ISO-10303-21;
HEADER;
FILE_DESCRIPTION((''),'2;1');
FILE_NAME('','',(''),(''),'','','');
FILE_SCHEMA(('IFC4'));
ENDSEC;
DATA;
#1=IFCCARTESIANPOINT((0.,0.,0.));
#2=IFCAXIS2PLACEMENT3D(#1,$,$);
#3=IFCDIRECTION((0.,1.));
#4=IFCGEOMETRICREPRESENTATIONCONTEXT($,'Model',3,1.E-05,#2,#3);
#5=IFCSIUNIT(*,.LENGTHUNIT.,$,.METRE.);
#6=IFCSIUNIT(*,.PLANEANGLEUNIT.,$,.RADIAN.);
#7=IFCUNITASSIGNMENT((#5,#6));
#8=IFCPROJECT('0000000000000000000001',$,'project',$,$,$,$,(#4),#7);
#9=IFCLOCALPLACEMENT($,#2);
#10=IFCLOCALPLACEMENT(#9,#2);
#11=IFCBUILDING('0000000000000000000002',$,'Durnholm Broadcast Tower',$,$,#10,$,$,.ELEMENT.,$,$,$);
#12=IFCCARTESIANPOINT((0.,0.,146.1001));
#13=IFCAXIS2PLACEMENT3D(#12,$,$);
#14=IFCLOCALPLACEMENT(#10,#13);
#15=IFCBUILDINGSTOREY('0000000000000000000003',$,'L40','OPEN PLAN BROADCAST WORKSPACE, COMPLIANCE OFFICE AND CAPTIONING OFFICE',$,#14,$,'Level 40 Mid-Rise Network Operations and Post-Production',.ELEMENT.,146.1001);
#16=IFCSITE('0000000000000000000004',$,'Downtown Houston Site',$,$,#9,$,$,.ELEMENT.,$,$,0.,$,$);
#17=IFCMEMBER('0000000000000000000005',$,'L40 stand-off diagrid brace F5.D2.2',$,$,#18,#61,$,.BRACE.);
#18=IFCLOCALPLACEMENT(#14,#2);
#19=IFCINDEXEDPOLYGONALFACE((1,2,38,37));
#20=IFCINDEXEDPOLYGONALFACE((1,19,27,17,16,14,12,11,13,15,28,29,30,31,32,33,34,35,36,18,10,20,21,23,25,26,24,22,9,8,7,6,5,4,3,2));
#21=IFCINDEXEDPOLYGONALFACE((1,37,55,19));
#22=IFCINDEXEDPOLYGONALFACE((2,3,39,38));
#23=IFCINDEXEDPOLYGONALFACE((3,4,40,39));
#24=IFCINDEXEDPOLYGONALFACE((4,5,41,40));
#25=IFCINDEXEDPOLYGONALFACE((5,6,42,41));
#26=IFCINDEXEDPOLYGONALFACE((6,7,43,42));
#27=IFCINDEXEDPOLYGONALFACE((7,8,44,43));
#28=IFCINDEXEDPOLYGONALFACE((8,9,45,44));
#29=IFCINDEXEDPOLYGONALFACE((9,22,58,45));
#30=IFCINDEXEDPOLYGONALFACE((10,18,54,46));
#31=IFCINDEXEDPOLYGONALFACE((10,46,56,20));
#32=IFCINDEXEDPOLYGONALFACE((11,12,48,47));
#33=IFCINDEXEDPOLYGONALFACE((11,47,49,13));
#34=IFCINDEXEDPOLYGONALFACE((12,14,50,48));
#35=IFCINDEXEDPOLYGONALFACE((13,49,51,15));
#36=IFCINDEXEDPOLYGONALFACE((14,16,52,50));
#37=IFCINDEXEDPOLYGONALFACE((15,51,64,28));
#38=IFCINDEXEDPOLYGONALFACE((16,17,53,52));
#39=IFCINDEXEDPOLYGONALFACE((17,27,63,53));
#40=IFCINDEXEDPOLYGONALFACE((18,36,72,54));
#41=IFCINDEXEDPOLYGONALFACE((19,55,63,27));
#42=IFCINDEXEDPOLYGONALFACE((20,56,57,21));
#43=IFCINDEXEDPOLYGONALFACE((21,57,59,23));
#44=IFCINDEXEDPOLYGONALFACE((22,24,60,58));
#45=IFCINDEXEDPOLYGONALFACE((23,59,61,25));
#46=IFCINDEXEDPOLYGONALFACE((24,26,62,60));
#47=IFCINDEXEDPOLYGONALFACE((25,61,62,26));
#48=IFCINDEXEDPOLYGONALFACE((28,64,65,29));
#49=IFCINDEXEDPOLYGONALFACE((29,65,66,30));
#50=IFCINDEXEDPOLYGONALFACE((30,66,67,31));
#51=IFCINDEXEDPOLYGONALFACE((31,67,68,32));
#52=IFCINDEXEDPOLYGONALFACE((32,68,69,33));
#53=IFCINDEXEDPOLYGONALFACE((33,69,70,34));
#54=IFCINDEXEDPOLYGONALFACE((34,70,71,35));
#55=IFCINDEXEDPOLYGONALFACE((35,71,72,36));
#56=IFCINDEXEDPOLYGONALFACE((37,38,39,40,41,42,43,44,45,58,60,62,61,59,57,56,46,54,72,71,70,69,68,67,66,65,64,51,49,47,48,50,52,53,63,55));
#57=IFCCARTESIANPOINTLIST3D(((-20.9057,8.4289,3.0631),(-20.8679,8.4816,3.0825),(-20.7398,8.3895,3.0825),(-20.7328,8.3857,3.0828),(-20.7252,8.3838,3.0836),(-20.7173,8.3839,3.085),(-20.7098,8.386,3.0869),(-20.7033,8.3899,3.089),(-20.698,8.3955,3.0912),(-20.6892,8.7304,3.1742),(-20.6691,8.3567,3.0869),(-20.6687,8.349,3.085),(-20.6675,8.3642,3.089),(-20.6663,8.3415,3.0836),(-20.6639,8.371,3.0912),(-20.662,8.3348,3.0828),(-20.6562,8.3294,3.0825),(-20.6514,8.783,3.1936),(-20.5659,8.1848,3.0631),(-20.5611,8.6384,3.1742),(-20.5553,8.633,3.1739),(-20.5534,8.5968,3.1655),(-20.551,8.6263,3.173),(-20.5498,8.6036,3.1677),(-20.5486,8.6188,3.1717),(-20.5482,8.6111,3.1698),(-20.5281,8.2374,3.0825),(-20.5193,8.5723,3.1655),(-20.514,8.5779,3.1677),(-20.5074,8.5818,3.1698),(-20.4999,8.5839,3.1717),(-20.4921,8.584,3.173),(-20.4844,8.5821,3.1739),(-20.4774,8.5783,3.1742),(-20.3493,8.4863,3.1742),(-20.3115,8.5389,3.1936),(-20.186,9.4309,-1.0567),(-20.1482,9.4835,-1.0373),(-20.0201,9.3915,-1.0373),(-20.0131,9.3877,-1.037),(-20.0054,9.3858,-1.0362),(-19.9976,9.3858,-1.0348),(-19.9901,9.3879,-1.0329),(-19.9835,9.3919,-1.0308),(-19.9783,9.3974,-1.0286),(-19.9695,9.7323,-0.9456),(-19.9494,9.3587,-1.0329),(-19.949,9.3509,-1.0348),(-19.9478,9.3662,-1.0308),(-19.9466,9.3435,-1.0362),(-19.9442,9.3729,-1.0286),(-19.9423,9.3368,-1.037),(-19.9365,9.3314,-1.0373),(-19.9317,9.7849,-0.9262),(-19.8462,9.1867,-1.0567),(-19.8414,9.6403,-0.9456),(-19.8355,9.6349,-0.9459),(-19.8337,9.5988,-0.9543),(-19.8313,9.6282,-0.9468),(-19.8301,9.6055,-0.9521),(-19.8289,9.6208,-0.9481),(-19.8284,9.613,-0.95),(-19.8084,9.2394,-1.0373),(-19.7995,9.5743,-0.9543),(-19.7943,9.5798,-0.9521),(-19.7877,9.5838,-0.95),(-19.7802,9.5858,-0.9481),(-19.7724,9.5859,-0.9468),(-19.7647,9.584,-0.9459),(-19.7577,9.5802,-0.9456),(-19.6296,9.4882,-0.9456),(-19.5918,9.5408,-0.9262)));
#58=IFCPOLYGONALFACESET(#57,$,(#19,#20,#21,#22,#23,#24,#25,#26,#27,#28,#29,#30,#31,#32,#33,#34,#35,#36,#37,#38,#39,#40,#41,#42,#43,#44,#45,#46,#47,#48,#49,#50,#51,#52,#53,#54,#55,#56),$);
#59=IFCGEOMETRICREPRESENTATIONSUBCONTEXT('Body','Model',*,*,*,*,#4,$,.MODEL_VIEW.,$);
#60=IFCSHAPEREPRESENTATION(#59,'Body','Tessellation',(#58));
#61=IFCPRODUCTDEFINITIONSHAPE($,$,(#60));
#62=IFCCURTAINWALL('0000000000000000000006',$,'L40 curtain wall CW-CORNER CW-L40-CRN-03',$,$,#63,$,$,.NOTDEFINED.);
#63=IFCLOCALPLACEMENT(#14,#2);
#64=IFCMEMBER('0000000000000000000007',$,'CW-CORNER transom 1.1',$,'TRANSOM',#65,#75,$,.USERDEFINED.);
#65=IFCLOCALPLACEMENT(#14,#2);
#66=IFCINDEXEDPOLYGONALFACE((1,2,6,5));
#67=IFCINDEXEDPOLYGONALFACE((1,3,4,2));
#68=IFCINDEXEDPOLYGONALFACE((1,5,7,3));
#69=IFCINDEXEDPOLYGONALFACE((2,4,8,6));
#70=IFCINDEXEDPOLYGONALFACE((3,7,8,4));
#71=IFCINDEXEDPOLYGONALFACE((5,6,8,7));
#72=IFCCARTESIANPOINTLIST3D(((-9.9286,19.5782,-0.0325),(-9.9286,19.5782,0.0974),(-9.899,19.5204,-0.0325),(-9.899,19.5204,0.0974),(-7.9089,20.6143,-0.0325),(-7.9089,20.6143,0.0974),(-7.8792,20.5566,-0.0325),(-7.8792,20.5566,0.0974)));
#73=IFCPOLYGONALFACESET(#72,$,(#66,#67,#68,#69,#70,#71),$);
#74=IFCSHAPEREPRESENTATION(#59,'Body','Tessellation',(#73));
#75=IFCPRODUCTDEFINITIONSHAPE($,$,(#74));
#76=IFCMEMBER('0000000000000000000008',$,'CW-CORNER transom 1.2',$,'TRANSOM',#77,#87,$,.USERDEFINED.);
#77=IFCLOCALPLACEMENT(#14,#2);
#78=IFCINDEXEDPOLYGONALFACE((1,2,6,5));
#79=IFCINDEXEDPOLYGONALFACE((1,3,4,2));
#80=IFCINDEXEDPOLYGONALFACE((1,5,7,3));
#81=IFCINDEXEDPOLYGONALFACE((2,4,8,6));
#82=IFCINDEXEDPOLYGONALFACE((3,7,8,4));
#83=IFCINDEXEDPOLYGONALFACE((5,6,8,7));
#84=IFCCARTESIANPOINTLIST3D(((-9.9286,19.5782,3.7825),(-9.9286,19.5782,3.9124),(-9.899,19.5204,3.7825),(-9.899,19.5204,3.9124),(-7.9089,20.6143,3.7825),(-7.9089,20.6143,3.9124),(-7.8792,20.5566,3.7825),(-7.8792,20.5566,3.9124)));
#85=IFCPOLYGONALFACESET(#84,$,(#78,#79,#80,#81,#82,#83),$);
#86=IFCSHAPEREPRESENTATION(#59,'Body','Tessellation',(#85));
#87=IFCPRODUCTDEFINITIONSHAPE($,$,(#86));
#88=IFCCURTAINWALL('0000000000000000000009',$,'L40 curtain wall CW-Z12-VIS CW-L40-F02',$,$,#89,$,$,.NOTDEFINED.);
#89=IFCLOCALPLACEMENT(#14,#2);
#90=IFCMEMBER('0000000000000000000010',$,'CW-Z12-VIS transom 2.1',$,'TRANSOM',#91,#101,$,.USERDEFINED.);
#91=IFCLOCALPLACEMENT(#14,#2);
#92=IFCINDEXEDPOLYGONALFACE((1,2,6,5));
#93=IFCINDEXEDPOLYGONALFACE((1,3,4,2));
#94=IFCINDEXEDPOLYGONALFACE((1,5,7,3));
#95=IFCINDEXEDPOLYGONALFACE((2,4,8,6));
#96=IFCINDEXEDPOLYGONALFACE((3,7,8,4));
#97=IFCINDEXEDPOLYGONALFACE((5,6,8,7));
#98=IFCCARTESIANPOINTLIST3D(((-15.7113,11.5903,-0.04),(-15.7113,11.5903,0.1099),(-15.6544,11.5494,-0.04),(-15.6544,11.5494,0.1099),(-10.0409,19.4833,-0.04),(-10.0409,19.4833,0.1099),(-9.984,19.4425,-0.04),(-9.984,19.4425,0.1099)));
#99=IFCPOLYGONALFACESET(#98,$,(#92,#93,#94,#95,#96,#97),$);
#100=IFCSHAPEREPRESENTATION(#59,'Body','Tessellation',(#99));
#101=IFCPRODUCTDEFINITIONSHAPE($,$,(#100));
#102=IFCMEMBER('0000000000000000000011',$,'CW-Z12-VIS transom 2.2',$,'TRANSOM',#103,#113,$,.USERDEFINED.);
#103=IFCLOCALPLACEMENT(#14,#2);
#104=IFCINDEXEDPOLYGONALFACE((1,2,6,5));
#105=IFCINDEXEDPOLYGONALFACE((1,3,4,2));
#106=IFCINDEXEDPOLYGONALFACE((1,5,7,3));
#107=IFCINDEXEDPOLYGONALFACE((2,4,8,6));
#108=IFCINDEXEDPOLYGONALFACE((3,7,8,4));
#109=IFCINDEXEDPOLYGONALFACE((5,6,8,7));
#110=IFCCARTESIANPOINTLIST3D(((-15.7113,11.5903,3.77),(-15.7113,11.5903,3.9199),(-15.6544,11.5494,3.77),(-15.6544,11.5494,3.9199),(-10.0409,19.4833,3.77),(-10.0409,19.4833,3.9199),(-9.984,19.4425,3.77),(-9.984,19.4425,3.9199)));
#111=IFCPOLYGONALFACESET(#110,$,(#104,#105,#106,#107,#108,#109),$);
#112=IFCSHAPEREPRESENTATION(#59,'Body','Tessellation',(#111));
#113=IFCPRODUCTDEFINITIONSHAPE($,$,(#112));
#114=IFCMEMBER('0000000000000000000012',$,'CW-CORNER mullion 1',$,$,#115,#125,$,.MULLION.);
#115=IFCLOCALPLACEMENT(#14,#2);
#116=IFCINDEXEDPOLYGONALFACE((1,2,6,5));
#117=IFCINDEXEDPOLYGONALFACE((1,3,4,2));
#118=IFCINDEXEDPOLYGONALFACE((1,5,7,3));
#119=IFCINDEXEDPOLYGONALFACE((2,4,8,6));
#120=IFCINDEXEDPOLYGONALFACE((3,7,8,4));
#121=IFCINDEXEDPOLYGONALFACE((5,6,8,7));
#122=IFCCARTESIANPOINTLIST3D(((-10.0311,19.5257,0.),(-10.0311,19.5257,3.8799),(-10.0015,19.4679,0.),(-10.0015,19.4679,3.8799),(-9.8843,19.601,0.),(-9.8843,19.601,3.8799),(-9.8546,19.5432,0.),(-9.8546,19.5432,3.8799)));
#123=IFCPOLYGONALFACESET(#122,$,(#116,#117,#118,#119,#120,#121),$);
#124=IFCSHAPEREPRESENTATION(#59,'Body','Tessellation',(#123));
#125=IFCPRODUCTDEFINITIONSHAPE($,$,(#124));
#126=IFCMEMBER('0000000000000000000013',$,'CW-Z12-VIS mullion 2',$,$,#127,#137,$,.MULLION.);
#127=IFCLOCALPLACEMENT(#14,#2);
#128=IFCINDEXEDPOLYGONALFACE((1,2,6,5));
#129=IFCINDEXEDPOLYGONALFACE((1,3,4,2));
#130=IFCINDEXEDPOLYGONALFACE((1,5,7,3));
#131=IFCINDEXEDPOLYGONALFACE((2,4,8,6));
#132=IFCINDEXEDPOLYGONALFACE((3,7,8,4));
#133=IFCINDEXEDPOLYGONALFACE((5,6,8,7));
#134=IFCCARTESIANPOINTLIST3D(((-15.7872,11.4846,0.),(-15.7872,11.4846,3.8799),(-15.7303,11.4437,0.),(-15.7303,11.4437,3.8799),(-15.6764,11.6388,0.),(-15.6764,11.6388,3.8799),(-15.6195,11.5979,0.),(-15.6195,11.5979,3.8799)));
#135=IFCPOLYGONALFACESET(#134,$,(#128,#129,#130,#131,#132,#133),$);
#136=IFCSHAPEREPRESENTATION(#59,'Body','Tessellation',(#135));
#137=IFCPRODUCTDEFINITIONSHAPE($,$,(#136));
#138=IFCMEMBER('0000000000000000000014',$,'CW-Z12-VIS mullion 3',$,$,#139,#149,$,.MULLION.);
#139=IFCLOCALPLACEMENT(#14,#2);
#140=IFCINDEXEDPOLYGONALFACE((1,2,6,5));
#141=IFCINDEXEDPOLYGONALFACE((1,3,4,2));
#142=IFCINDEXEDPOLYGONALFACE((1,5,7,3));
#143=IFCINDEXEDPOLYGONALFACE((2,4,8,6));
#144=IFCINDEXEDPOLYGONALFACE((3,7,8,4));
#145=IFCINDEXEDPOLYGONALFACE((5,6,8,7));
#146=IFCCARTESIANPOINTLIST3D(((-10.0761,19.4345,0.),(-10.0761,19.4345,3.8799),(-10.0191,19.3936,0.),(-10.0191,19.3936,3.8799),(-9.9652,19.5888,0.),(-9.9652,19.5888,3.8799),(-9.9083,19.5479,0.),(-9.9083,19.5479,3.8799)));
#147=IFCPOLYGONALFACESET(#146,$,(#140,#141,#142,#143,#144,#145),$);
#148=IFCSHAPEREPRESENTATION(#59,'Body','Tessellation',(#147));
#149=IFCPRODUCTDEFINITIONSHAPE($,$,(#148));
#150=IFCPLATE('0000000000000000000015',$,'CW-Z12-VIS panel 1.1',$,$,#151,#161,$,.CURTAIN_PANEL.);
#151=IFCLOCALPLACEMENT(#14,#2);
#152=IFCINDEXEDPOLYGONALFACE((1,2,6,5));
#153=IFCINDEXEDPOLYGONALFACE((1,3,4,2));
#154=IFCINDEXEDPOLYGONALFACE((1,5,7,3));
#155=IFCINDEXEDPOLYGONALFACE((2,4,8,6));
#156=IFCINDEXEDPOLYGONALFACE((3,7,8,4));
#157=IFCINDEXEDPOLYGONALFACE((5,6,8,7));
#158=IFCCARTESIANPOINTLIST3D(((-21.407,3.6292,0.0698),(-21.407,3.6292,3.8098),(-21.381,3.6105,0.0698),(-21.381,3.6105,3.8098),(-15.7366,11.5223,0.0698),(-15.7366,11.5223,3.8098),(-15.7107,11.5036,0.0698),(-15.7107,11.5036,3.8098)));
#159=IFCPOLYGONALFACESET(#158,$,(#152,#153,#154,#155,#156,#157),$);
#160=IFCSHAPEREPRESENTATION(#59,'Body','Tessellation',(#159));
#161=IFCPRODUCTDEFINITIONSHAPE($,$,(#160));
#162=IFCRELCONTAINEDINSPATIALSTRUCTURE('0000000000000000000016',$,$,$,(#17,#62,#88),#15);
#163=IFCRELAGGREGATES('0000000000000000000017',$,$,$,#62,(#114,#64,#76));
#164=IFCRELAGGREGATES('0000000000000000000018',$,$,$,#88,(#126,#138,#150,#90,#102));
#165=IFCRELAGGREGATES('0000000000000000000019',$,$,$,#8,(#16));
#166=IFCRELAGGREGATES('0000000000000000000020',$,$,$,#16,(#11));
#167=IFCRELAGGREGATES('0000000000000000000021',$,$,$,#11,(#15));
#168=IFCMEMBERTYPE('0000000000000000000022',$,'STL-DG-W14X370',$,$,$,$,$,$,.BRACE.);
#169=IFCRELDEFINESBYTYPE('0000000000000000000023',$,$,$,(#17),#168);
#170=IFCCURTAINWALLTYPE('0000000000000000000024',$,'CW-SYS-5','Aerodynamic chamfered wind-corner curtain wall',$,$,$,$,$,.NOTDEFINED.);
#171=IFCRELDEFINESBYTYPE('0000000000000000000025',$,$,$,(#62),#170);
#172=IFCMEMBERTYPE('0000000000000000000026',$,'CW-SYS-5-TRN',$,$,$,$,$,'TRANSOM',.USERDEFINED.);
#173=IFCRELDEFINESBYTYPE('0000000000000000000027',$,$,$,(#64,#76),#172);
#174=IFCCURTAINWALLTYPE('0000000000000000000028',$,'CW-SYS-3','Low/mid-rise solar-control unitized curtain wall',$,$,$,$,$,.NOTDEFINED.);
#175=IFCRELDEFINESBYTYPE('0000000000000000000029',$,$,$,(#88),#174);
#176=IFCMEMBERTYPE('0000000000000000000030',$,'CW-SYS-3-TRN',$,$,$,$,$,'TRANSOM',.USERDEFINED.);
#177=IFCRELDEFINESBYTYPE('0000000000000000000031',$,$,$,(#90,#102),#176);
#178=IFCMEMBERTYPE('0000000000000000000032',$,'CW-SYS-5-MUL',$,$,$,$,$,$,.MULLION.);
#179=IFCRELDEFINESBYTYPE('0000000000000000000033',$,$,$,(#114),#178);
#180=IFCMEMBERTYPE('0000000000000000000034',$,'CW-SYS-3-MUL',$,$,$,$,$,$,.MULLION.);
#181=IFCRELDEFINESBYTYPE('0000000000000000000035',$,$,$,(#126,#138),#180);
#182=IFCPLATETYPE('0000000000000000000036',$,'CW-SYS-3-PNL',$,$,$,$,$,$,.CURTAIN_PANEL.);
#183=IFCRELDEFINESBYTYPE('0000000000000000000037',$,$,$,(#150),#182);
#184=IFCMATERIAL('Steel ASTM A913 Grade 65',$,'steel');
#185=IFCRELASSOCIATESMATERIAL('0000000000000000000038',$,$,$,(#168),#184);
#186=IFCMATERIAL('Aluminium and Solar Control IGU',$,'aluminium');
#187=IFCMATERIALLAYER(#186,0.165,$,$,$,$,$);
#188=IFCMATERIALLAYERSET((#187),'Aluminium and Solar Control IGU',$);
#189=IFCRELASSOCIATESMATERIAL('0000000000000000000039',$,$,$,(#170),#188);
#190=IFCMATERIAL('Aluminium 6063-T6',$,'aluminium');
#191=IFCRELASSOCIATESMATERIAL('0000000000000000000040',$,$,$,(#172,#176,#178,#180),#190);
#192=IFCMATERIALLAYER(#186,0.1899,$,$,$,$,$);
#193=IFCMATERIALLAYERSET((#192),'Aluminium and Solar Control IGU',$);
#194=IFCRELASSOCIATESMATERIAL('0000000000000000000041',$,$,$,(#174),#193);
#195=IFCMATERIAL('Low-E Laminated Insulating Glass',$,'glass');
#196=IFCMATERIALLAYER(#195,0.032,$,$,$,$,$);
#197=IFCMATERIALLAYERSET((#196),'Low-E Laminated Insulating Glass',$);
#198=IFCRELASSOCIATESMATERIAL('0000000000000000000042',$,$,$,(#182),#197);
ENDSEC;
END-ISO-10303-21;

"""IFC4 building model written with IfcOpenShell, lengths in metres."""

from ifc_helpers import new_model, si_unit, direction, frame, origin, origin_2d, place, context, subcontext, project, spatial, rectangle, i_section, extrude, source, transform, mapped, material, layer, layer_set, material_profile, profile_set, type_object, type_shapes, element, aggregate, save


model = new_model("IFC4")

# Units and contexts
model_context = context("Model", 3, precision=1e-05, world=origin(), true_north=direction((0.0, 1.0)))
body_context = subcontext(model_context, "Body", "Model", "MODEL_VIEW")
ifc_project = project(units=[si_unit("LENGTHUNIT", "METRE"), si_unit("PLANEANGLEUNIT", "RADIAN")], contexts=[model_context])

# Site, building, storey
site_placement = place(None, origin())
site = spatial("IfcSite", under=ifc_project, at=site_placement, Name="Downtown Houston Site", CompositionType="ELEMENT", RefElevation=0.0)
building_placement = place(site_placement, origin())
building = spatial("IfcBuilding", under=site, at=building_placement, Name="Durnholm Broadcast Tower", CompositionType="ELEMENT")
storey_placement = place(building_placement, frame((0.0, 0.0, 146.1001)))
storey = spatial("IfcBuildingStorey", under=building, at=storey_placement, Name="L40", Description="OPEN PLAN BROADCAST WORKSPACE, COMPLIANCE OFFICE AND CAPTIONING OFFICE", LongName="Level 40 Mid-Rise Network Operations and Post-Production", CompositionType="ELEMENT", Elevation=146.1001)

# Member
ifc_material_1 = material(Name="Steel ASTM A913 Grade 65", Category="steel")
ifc_material_profile_1 = material_profile(ifc_material_1, i_section(OverallWidth=0.4185, OverallDepth=0.4551, WebThickness=0.042, FlangeThickness=0.0676, FilletRadius=0.0305, at=origin_2d()), Name="W14X370")
ifc_profile_set_1 = profile_set([ifc_material_profile_1], Name="Steel ASTM A913 Grade 65")
member_type_1 = type_object("IfcMemberType", Name="STL-DG-W14X370", PredefinedType="BRACE", material=ifc_profile_set_1)
shared_shape_1 = source(origin(), body_context, "Body", "SweptSolid", [
    extrude(i_section(OverallWidth=0.4185, OverallDepth=0.4551, WebThickness=0.042, FlangeThickness=0.0676, FilletRadius=0.0305, at=origin_2d()), origin(), (0.0, 0.0, 1.0), 4.3005),
])
for number, where, z_axis, x_axis, name in (
    (1, (-19.8889, 9.4858, -0.9915), (-0.167354, -0.232979, 0.957973), (0.812179, -0.583408, 0.0), "L40 stand-off diagrid brace F5.D2.2"),
):
    element("IfcMember", number, at=place(storey_placement, frame(where, z_axis=z_axis, x_axis=x_axis)), inside=storey, type_object=member_type_1, Name=name, PredefinedType="BRACE", context=body_context, shape_type="MappedRepresentation", body=[
        mapped(shared_shape_1, transform((0.0, 0.0, 0.0), x_axis=(1.0, 0.0, 0.0), y_axis=(0.0, 1.0, 0.0), z_axis=(0.0, 0.0, 1.0), scale=1.0)),
    ])

# Curtain walls, members
ifc_material_2 = material(Name="Aluminium and Solar Control IGU", Category="aluminium")
ifc_layer_1 = layer(ifc_material_2, 0.165)
ifc_layer_set_1 = layer_set([ifc_layer_1], Name="Aluminium and Solar Control IGU")
curtain_wall_type_1 = type_object("IfcCurtainWallType", Name="CW-SYS-5", Description="Aerodynamic chamfered wind-corner curtain wall", PredefinedType="NOTDEFINED", material=ifc_layer_set_1)
curtain_wall_1_placement = place(storey_placement, origin())
curtain_wall_1 = element("IfcCurtainWall", 2, at=curtain_wall_1_placement, inside=storey, type_object=curtain_wall_type_1, Name="L40 curtain wall CW-CORNER CW-L40-CRN-03", PredefinedType="NOTDEFINED")
ifc_material_3 = material(Name="Aluminium 6063-T6", Category="aluminium")
ifc_material_profile_2 = material_profile(ifc_material_3, rectangle(XDim=0.0649, YDim=0.1299, at=origin_2d()), Name="CWT65X130")
ifc_profile_set_2 = profile_set([ifc_material_profile_2], Name="Aluminium 6063-T6")
member_type_2 = type_object("IfcMemberType", Name="CW-SYS-5-TRN", ElementType="TRANSOM", PredefinedType="USERDEFINED", material=ifc_profile_set_2)
shared_shape_2 = source(origin(), body_context, "Body", "SweptSolid", [
    extrude(rectangle(XDim=0.0649, YDim=0.1299, at=origin_2d()), origin(), (0.0, 0.0, 1.0), 2.27),
])
type_shapes(member_type_2, [shared_shape_2])
member_1_placement = place(storey_placement, frame((-9.9138, 19.5493, 0.0325), z_axis=(0.889755, 0.456439, 0.0), x_axis=(-0.456439, 0.889755, 0.0)))
member_1 = element("IfcMember", 3, at=member_1_placement, type_object=member_type_2, Name="CW-CORNER transom 1.1", ObjectType="TRANSOM", PredefinedType="USERDEFINED", context=body_context, shape_type="MappedRepresentation", body=[
    mapped(shared_shape_2, transform((0.0, 0.0, 0.0), x_axis=(1.0, 0.0, 0.0), y_axis=(0.0, 1.0, 0.0), z_axis=(0.0, 0.0, 1.0), scale=1.0)),
])
member_2_placement = place(storey_placement, frame((-9.9138, 19.5493, 3.8474), z_axis=(0.889755, 0.456439, 0.0), x_axis=(-0.456439, 0.889755, 0.0)))
member_2 = element("IfcMember", 4, at=member_2_placement, type_object=member_type_2, Name="CW-CORNER transom 1.2", ObjectType="TRANSOM", PredefinedType="USERDEFINED", context=body_context, shape_type="MappedRepresentation", body=[
    mapped(shared_shape_2, transform((0.0, 0.0, 0.0), x_axis=(1.0, 0.0, 0.0), y_axis=(0.0, 1.0, 0.0), z_axis=(0.0, 0.0, 1.0), scale=1.0)),
])
ifc_layer_2 = layer(ifc_material_2, 0.1899)
ifc_layer_set_2 = layer_set([ifc_layer_2], Name="Aluminium and Solar Control IGU")
curtain_wall_type_2 = type_object("IfcCurtainWallType", Name="CW-SYS-3", Description="Low/mid-rise solar-control unitized curtain wall", PredefinedType="NOTDEFINED", material=ifc_layer_set_2)
curtain_wall_2_placement = place(storey_placement, origin())
curtain_wall_2 = element("IfcCurtainWall", 5, at=curtain_wall_2_placement, inside=storey, type_object=curtain_wall_type_2, Name="L40 curtain wall CW-Z12-VIS CW-L40-F02", PredefinedType="NOTDEFINED")
ifc_material_profile_3 = material_profile(ifc_material_3, rectangle(XDim=0.0701, YDim=0.1499, at=origin_2d()), Name="CWT70X150")
ifc_profile_set_3 = profile_set([ifc_material_profile_3], Name="Aluminium 6063-T6")
member_type_3 = type_object("IfcMemberType", Name="CW-SYS-3-TRN", ElementType="TRANSOM", PredefinedType="USERDEFINED", material=ifc_profile_set_3)
shared_shape_3 = source(origin(), body_context, "Body", "SweptSolid", [
    extrude(rectangle(XDim=0.0701, YDim=0.1499, at=origin_2d()), origin(), (0.0, 0.0, 1.0), 9.7188),
])
type_shapes(member_type_3, [shared_shape_3])
member_3_placement = place(storey_placement, frame((-15.6829, 11.5698, 0.0349), z_axis=(0.583451, 0.812149, 0.0), x_axis=(-0.812149, 0.583451, 0.0)))
member_3 = element("IfcMember", 6, at=member_3_placement, type_object=member_type_3, Name="CW-Z12-VIS transom 2.1", ObjectType="TRANSOM", PredefinedType="USERDEFINED", context=body_context, shape_type="MappedRepresentation", body=[
    mapped(shared_shape_3, transform((0.0, 0.0, 0.0), x_axis=(1.0, 0.0, 0.0), y_axis=(0.0, 1.0, 0.0), z_axis=(0.0, 0.0, 1.0), scale=1.0)),
])
member_4_placement = place(storey_placement, frame((-15.6829, 11.5698, 3.845), z_axis=(0.583451, 0.812149, 0.0), x_axis=(-0.812149, 0.583451, 0.0)))
member_4 = element("IfcMember", 7, at=member_4_placement, type_object=member_type_3, Name="CW-Z12-VIS transom 2.2", ObjectType="TRANSOM", PredefinedType="USERDEFINED", context=body_context, shape_type="MappedRepresentation", body=[
    mapped(shared_shape_3, transform((0.0, 0.0, 0.0), x_axis=(1.0, 0.0, 0.0), y_axis=(0.0, 1.0, 0.0), z_axis=(0.0, 0.0, 1.0), scale=1.0)),
])

# Members
ifc_material_profile_4 = material_profile(ifc_material_3, rectangle(XDim=0.0649, YDim=0.165, at=origin_2d()), Name="CWM65X165")
ifc_profile_set_4 = profile_set([ifc_material_profile_4], Name="Aluminium 6063-T6")
member_type_4 = type_object("IfcMemberType", Name="CW-SYS-5-MUL", PredefinedType="MULLION", material=ifc_profile_set_4)
shared_shape_4 = source(origin(), body_context, "Body", "SweptSolid", [
    extrude(rectangle(XDim=0.0649, YDim=0.165, at=origin_2d()), origin(), (0.0, 0.0, 1.0), 3.8799),
])
type_shapes(member_type_4, [shared_shape_4])
member_5_placement = place(storey_placement, frame((-9.9429, 19.5344, 0.0), z_axis=(0.0, 0.0, 1.0), x_axis=(-0.456373, 0.889788, 0.0)))
member_5 = element("IfcMember", 8, at=member_5_placement, type_object=member_type_4, Name="CW-CORNER mullion 1", PredefinedType="MULLION", context=body_context, shape_type="MappedRepresentation", body=[
    mapped(shared_shape_4, transform((0.0, 0.0, 0.0), x_axis=(1.0, 0.0, 0.0), y_axis=(0.0, 1.0, 0.0), z_axis=(0.0, 0.0, 1.0), scale=1.0)),
])
aggregate(curtain_wall_1, [member_5, member_1, member_2])
ifc_material_profile_5 = material_profile(ifc_material_3, rectangle(XDim=0.0701, YDim=0.1899, at=origin_2d()), Name="CWM70X190")
ifc_profile_set_5 = profile_set([ifc_material_profile_5], Name="Aluminium 6063-T6")
member_type_5 = type_object("IfcMemberType", Name="CW-SYS-3-MUL", PredefinedType="MULLION", material=ifc_profile_set_5)
shared_shape_5 = source(origin(), body_context, "Body", "SweptSolid", [
    extrude(rectangle(XDim=0.0701, YDim=0.1899, at=origin_2d()), origin(), (0.0, 0.0, 1.0), 3.8799),
])
type_shapes(member_type_5, [shared_shape_5])
member_6_placement = place(storey_placement, frame((-15.7034, 11.5413, 0.0), z_axis=(0.0, 0.0, 1.0), x_axis=(-0.812152, 0.583445, 0.0)))
member_6 = element("IfcMember", 9, at=member_6_placement, type_object=member_type_5, Name="CW-Z12-VIS mullion 2", PredefinedType="MULLION", context=body_context, shape_type="MappedRepresentation", body=[
    mapped(shared_shape_5, transform((0.0, 0.0, 0.0), x_axis=(1.0, 0.0, 0.0), y_axis=(0.0, 1.0, 0.0), z_axis=(0.0, 0.0, 1.0), scale=1.0)),
])
member_7_placement = place(storey_placement, frame((-9.9922, 19.4912, 0.0), z_axis=(0.0, 0.0, 1.0), x_axis=(-0.812152, 0.583445, 0.0)))
member_7 = element("IfcMember", 10, at=member_7_placement, type_object=member_type_5, Name="CW-Z12-VIS mullion 3", PredefinedType="MULLION", context=body_context, shape_type="MappedRepresentation", body=[
    mapped(shared_shape_5, transform((0.0, 0.0, 0.0), x_axis=(1.0, 0.0, 0.0), y_axis=(0.0, 1.0, 0.0), z_axis=(0.0, 0.0, 1.0), scale=1.0)),
])

# Plate
ifc_material_4 = material(Name="Low-E Laminated Insulating Glass", Category="glass")
ifc_layer_3 = layer(ifc_material_4, 0.032)
ifc_layer_set_3 = layer_set([ifc_layer_3], Name="Low-E Laminated Insulating Glass")
plate_type = type_object("IfcPlateType", Name="CW-SYS-3-PNL", PredefinedType="CURTAIN_PANEL", material=ifc_layer_set_3)
shared_shape_6 = source(origin(), body_context, "Body", "SweptSolid", [
    extrude(rectangle(XDim=9.7188, YDim=0.032, at=origin_2d()), origin(), (0.0, 0.0, 1.0), 3.74),
])
type_shapes(plate_type, [shared_shape_6])
plate_1_placement = place(storey_placement, frame((-18.5588, 7.5664, 0.0698), z_axis=(0.0, 0.0, 1.0), x_axis=(0.583445, 0.812152, 0.0)))
plate_1 = element("IfcPlate", 11, at=plate_1_placement, type_object=plate_type, Name="CW-Z12-VIS panel 1.1", PredefinedType="CURTAIN_PANEL", context=body_context, shape_type="MappedRepresentation", body=[
    mapped(shared_shape_6, transform((0.0, 0.0, 0.0), x_axis=(1.0, 0.0, 0.0), y_axis=(0.0, 1.0, 0.0), z_axis=(0.0, 0.0, 1.0), scale=1.0)),
])
aggregate(curtain_wall_2, [member_6, member_7, plate_1, member_3, member_4])

save(model, "model.ifc")
